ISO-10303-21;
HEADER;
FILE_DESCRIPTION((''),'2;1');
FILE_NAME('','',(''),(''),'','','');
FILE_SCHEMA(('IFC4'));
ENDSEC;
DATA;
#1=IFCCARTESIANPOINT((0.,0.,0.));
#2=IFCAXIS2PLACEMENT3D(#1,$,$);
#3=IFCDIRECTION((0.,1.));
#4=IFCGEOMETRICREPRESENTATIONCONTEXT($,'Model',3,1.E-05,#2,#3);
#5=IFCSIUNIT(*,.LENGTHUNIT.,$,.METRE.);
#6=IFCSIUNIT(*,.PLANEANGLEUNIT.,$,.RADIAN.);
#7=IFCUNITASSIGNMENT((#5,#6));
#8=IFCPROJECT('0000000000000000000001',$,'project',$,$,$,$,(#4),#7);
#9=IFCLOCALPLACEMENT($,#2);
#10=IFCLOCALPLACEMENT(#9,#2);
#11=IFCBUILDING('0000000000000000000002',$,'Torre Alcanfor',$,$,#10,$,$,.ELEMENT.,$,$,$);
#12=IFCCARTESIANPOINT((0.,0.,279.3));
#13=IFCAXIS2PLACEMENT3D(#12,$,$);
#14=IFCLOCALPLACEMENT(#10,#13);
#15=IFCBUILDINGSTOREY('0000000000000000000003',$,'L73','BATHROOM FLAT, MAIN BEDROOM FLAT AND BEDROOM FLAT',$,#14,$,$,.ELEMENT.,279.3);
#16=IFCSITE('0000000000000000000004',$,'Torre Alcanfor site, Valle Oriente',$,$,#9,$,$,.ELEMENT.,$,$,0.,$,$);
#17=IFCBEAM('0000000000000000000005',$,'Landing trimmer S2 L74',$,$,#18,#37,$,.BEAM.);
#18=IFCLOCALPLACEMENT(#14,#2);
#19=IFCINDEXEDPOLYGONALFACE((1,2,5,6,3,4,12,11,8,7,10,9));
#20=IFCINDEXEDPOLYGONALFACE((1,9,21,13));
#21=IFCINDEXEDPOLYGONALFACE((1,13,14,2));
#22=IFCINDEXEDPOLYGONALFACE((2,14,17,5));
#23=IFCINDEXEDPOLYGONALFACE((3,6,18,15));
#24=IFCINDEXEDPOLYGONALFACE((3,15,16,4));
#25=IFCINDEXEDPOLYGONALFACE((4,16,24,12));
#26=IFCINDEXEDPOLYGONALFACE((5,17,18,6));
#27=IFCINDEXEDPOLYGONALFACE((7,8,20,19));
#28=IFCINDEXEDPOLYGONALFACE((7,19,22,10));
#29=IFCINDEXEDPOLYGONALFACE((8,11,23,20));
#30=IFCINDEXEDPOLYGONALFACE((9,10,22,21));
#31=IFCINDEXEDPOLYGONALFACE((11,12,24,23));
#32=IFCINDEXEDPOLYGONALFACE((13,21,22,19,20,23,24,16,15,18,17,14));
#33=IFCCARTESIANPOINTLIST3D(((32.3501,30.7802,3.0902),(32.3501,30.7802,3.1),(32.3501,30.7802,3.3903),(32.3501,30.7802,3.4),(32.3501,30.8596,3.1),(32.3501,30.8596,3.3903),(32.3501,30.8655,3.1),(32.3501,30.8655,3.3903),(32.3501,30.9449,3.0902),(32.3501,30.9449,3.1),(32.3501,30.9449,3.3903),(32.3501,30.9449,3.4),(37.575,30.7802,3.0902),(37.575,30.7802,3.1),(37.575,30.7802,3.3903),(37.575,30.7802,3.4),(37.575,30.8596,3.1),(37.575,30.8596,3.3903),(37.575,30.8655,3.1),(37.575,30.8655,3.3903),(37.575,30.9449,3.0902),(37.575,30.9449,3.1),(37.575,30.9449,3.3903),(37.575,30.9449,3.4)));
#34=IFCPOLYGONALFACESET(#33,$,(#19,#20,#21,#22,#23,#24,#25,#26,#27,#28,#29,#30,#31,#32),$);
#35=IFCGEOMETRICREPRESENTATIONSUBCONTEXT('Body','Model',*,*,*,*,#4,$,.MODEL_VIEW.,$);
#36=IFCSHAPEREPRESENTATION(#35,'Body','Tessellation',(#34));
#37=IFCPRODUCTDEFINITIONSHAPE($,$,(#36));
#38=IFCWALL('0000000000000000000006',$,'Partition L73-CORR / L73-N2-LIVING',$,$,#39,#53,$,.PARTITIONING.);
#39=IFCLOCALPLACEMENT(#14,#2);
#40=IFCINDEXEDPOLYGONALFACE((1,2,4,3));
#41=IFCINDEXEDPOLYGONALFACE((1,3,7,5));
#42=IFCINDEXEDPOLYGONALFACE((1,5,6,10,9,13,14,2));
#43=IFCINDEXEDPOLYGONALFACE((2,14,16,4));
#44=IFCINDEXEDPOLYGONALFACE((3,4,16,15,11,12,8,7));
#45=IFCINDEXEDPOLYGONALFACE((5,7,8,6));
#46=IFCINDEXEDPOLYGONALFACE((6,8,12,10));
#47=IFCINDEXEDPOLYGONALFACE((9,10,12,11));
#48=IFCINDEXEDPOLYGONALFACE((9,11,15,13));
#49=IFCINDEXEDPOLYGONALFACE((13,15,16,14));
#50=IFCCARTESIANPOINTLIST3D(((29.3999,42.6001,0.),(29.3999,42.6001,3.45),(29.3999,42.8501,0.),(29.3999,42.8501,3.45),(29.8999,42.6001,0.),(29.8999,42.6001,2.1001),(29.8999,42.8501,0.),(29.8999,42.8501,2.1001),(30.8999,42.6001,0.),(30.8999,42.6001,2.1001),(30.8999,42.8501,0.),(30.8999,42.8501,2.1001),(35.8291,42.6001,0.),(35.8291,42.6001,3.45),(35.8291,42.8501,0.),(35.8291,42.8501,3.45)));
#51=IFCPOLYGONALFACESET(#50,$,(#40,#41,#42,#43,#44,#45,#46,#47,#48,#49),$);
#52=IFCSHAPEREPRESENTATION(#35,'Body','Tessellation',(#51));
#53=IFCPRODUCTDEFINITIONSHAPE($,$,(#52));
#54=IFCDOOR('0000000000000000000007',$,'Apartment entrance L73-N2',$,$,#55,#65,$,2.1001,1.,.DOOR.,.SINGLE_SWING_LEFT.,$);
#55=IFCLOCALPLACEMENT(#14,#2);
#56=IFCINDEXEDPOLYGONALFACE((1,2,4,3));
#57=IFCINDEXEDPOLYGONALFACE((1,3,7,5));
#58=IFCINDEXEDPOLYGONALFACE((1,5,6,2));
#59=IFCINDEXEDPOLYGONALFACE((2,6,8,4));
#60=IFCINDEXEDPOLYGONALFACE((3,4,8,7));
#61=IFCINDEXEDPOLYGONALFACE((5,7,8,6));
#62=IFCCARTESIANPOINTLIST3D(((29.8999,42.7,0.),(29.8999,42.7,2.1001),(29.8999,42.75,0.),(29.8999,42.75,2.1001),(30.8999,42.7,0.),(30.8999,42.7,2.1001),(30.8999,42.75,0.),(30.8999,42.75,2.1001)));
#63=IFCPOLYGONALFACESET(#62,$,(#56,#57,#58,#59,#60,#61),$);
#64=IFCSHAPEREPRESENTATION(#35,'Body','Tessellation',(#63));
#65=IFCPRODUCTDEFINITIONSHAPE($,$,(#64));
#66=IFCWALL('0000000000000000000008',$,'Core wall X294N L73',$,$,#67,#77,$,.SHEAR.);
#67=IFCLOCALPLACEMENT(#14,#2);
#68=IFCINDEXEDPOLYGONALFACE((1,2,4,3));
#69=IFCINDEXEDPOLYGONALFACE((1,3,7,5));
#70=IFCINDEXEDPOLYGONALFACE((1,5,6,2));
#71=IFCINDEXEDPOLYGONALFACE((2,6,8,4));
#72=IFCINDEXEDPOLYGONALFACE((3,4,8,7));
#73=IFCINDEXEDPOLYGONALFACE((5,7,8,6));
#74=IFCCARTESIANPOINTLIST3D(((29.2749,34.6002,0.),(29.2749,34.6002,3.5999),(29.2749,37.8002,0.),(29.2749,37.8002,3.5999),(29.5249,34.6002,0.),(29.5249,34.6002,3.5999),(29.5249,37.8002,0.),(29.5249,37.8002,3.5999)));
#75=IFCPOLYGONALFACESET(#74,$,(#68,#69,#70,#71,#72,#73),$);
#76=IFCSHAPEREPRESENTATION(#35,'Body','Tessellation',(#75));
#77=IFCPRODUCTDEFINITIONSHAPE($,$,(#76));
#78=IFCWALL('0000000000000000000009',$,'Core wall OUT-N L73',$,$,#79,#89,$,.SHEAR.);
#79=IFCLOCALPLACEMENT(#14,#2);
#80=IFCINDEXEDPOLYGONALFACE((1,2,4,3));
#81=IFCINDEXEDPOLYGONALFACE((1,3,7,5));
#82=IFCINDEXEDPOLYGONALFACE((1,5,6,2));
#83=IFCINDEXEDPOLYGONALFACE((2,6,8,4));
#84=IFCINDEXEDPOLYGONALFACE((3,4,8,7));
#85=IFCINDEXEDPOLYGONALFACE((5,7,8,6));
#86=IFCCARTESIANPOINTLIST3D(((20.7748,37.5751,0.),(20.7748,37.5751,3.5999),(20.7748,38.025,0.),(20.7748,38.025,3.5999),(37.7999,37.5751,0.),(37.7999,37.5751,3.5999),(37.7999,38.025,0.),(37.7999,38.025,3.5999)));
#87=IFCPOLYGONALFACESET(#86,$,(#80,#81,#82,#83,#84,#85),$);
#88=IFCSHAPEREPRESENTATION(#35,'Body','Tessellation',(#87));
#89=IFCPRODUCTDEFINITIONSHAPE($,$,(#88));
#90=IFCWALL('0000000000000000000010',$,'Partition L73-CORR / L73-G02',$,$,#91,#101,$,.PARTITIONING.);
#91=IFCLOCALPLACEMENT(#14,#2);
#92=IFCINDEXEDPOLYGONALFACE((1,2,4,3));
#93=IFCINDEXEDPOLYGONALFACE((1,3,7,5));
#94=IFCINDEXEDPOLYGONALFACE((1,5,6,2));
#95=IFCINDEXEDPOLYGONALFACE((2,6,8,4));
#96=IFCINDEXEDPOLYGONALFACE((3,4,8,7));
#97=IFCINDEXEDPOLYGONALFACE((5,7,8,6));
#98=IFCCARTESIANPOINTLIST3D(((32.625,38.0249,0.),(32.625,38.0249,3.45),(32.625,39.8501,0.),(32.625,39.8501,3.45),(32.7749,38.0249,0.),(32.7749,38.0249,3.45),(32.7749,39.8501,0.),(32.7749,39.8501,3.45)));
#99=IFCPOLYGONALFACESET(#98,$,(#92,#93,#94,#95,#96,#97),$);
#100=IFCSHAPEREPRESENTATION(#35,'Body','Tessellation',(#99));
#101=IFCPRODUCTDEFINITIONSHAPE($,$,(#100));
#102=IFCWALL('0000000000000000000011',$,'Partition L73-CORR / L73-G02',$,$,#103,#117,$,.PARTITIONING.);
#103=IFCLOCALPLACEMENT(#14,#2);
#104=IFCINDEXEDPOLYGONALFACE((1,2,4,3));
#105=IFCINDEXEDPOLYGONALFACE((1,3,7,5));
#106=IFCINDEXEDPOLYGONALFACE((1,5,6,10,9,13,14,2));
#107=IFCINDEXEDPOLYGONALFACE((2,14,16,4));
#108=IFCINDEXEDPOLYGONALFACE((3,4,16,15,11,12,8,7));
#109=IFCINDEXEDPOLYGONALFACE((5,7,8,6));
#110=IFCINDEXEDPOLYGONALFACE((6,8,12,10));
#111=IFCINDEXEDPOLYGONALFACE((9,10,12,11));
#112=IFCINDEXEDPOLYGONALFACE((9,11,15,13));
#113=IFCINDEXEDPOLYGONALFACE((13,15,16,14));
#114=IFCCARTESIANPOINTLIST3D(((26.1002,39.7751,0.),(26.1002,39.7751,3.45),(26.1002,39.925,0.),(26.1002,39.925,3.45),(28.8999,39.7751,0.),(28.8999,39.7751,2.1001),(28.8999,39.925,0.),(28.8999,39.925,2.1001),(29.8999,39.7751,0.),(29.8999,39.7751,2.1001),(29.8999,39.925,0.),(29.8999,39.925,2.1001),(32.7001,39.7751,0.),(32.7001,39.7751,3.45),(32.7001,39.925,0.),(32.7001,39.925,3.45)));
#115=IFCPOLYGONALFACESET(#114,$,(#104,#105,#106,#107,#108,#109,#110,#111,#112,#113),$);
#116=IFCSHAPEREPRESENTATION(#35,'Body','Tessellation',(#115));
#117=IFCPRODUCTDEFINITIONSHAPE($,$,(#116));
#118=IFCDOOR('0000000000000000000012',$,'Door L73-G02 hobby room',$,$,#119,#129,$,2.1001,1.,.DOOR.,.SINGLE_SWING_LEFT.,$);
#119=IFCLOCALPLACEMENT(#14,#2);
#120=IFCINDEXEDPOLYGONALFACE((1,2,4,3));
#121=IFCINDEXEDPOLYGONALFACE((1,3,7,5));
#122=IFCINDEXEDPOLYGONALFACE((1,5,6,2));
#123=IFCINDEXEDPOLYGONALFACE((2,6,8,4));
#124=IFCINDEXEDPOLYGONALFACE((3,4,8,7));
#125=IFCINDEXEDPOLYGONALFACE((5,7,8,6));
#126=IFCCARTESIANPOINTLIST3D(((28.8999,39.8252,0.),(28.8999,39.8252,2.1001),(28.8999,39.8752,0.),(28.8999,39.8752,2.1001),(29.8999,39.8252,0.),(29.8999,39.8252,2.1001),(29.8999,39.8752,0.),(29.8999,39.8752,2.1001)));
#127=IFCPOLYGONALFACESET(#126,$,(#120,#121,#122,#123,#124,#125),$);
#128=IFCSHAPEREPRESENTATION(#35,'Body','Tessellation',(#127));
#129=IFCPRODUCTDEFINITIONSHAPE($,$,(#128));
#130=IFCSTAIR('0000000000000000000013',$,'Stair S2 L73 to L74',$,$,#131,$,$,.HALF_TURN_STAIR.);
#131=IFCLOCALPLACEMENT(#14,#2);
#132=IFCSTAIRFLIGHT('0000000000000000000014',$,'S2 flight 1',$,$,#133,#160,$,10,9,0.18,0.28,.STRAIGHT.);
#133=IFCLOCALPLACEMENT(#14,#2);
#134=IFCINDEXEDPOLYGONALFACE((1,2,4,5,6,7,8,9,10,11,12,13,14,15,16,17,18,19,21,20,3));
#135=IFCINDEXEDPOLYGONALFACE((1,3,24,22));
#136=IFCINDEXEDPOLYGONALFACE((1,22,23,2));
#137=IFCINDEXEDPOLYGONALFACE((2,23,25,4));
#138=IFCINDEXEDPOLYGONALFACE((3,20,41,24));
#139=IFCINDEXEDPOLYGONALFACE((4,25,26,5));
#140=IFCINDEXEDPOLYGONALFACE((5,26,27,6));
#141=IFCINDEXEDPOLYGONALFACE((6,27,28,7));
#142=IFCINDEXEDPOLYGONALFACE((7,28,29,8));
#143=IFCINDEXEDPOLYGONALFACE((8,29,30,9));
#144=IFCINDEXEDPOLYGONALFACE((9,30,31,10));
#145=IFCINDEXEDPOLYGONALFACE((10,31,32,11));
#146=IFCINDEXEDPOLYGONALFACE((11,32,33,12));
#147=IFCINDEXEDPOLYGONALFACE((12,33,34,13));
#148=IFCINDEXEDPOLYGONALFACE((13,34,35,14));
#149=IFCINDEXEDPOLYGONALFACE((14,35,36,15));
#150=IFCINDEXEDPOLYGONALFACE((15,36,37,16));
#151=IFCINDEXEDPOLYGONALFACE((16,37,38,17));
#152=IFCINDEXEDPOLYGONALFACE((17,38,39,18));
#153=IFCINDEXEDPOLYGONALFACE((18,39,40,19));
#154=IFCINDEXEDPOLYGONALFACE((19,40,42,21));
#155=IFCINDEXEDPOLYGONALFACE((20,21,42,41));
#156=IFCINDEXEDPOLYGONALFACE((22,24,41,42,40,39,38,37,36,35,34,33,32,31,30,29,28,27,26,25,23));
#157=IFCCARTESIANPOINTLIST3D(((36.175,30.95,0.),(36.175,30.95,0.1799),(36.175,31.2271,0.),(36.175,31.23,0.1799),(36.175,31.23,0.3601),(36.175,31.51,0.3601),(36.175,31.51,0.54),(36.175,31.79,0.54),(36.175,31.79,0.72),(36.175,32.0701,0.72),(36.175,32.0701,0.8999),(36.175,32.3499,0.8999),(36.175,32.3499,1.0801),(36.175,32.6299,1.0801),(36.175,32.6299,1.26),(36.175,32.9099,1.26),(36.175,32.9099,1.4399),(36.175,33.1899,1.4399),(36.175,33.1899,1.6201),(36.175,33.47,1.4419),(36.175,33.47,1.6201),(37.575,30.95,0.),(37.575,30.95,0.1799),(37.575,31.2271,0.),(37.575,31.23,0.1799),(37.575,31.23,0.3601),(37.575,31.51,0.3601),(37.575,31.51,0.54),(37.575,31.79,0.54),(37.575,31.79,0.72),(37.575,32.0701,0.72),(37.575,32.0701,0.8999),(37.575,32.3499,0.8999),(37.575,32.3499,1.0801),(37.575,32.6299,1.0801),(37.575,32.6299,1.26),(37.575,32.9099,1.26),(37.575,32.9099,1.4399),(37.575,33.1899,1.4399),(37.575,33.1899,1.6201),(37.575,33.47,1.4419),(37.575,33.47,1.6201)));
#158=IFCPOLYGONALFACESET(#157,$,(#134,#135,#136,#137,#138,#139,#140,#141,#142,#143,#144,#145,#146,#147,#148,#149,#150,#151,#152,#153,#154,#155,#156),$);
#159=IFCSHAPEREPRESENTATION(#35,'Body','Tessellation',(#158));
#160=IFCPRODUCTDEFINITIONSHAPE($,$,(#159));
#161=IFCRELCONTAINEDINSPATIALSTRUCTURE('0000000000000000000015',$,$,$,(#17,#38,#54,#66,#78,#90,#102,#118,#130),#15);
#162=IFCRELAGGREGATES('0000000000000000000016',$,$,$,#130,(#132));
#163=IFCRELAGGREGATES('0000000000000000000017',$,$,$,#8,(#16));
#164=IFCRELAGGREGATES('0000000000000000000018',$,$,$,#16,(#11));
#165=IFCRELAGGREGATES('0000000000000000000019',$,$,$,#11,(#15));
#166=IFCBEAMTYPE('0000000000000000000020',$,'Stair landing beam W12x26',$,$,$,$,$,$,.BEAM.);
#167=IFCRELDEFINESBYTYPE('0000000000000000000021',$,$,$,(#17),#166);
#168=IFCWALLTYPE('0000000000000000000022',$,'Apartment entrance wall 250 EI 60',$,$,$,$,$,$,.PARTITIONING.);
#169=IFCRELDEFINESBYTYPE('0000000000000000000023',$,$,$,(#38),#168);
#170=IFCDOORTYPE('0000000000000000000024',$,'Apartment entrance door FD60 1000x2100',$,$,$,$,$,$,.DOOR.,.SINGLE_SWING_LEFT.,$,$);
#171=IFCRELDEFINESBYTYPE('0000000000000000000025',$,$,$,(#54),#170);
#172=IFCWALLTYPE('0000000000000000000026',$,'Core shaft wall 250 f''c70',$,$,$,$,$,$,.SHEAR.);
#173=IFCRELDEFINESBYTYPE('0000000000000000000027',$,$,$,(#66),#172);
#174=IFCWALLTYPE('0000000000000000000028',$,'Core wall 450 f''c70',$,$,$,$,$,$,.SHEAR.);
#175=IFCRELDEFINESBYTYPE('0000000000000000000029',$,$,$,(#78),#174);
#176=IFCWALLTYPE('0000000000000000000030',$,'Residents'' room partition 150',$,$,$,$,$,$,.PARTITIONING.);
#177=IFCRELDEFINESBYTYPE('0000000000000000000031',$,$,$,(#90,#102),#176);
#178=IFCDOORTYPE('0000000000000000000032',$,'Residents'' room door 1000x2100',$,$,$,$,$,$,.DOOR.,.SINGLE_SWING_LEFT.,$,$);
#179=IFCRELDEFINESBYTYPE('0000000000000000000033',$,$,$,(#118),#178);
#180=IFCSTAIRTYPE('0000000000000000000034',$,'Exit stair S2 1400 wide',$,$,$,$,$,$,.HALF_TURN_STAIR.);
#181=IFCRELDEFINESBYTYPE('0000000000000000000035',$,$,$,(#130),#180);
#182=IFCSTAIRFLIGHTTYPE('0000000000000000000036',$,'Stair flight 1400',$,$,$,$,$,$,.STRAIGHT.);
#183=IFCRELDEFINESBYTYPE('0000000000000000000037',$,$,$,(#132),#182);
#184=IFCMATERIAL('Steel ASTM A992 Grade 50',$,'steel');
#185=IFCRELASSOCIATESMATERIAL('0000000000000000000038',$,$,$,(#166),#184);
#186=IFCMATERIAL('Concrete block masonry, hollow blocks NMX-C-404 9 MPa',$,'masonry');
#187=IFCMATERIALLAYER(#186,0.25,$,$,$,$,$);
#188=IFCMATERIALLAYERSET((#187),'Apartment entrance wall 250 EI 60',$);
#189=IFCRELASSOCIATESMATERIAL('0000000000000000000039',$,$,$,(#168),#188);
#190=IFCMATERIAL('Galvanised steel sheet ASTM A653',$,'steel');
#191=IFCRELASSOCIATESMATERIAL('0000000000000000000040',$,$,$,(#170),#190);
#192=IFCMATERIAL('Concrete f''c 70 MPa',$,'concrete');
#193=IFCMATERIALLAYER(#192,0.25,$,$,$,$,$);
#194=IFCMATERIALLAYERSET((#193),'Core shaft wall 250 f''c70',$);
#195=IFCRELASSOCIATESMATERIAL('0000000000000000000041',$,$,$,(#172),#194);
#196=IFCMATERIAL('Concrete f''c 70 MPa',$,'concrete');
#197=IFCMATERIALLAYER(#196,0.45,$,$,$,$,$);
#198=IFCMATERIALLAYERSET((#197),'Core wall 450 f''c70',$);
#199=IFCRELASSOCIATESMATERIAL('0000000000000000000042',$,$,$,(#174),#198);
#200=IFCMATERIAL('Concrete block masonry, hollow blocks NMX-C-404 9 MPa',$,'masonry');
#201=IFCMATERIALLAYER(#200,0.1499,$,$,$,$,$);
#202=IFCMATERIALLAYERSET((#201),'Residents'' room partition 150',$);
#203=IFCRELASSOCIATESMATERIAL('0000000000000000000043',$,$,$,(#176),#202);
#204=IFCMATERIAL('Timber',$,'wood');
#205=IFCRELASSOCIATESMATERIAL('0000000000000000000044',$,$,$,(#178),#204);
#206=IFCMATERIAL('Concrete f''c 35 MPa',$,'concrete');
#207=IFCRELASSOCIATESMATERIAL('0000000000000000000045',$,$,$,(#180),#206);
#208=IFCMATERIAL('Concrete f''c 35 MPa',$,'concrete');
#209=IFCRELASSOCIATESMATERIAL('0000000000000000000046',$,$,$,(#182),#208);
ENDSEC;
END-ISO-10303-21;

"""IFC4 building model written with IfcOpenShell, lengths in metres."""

from ifc_helpers import new_model, si_unit, direction, frame, frame_2d, origin, origin_2d, place, context, subcontext, project, spatial, polyline, rectangle, i_section, outline, extrude, material, layer, layer_set, material_profile, profile_set, type_object, element, fill, aggregate, save


model = new_model("IFC4")

# Units and contexts
model_context = context("Model", 3, precision=1e-05, world=origin(), true_north=direction((0.0, 1.0)))
body_context = subcontext(model_context, "Body", "Model", "MODEL_VIEW")
ifc_project = project(units=[si_unit("LENGTHUNIT", "METRE"), si_unit("PLANEANGLEUNIT", "RADIAN")], contexts=[model_context])

# Site, building, storey
site_placement = place(None, origin())
site = spatial("IfcSite", under=ifc_project, at=site_placement, Name="Torre Alcanfor site, Valle Oriente", CompositionType="ELEMENT", RefElevation=0.0)
building_placement = place(site_placement, origin())
building = spatial("IfcBuilding", under=site, at=building_placement, Name="Torre Alcanfor", CompositionType="ELEMENT")
storey_placement = place(building_placement, frame((0.0, 0.0, 279.3)))
storey = spatial("IfcBuildingStorey", under=building, at=storey_placement, Name="L73", Description="BATHROOM FLAT, MAIN BEDROOM FLAT AND BEDROOM FLAT", CompositionType="ELEMENT", Elevation=279.3)

# Beam
ifc_material_1 = material(Name="Steel ASTM A992 Grade 50", Category="steel")
ifc_material_profile_1 = material_profile(ifc_material_1, i_section(OverallWidth=0.1648, OverallDepth=0.3098, WebThickness=0.0059, FlangeThickness=0.0098, at=origin_2d()), Name="W12x26")
ifc_profile_set_1 = profile_set([ifc_material_profile_1], Name="Steel ASTM A992 Grade 50")
beam_type_1 = type_object("IfcBeamType", Name="Stair landing beam W12x26", PredefinedType="BEAM", material=ifc_profile_set_1)
beam_1_placement = place(storey_placement, frame((32.3501, 30.8625, 3.2451), z_axis=(1.0, 0.0, 0.0), x_axis=(0.0, 1.0, 0.0)))
element("IfcBeam", 1, at=beam_1_placement, inside=storey, type_object=beam_type_1, Name="Landing trimmer S2 L74", PredefinedType="BEAM", context=body_context, shape_type="SweptSolid", body=[
    extrude(i_section(OverallWidth=0.1648, OverallDepth=0.3098, WebThickness=0.0059, FlangeThickness=0.0098, at=origin_2d()), origin(), (0.0, 0.0, 1.0), 5.2249),
])

# Wall, opening, door
ifc_material_2 = material(Name="Concrete block masonry, hollow blocks NMX-C-404 9 MPa", Category="masonry")
ifc_layer_1 = layer(ifc_material_2, 0.25)
ifc_layer_set_1 = layer_set([ifc_layer_1], Name="Apartment entrance wall 250 EI 60")
wall_type_1 = type_object("IfcWallType", Name="Apartment entrance wall 250 EI 60", PredefinedType="PARTITIONING", material=ifc_layer_set_1)
wall_1_placement = place(storey_placement, frame((29.3999, 42.7251, 0.0), z_axis=(0.0, 0.0, 1.0), x_axis=(1.0, 0.0, 0.0)))
wall_1 = element("IfcWall", 2, at=wall_1_placement, inside=storey, type_object=wall_type_1, Name="Partition L73-CORR / L73-N2-LIVING", PredefinedType="PARTITIONING", context=body_context, shape_type="SweptSolid", body=[
    extrude(rectangle(XDim=6.4292, YDim=0.25, at=frame_2d((3.2146, 0.0))), origin(), (0.0, 0.0, 1.0), 3.45),
])
opening_1_placement = place(wall_1_placement, frame((0.5, 0.0, 0.0)))
opening_1 = element("IfcOpeningElement", 3, at=opening_1_placement, cuts=wall_1, PredefinedType="OPENING", context=body_context, shape_type="SweptSolid", body=[
    extrude(rectangle(XDim=1.0, YDim=2.1001, at=frame_2d((0.5, 1.05))), frame((0.0, 0.135, 0.0), z_axis=(0.0, -1.0, 0.0), x_axis=(1.0, 0.0, 0.0)), (0.0, 0.0, 1.0), 0.27),
])
ifc_material_3 = material(Name="Galvanised steel sheet ASTM A653", Category="steel")
door_type_1 = type_object("IfcDoorType", Name="Apartment entrance door FD60 1000x2100", OperationType="SINGLE_SWING_LEFT", PredefinedType="DOOR", material=ifc_material_3)
door_1_placement = place(opening_1_placement, origin())
door_1 = element("IfcDoor", 4, at=door_1_placement, inside=storey, type_object=door_type_1, Name="Apartment entrance L73-N2", OperationType="SINGLE_SWING_LEFT", OverallHeight=2.1001, OverallWidth=1.0, PredefinedType="DOOR", context=body_context, shape_type="SweptSolid", body=[
    extrude(rectangle(XDim=1.0, YDim=2.1001, at=frame_2d((0.5, 1.05))), frame((0.0, 0.0249, 0.0), z_axis=(0.0, -1.0, 0.0), x_axis=(1.0, 0.0, 0.0)), (0.0, 0.0, 1.0), 0.05),
])
fill(opening_1, door_1)

# Walls
ifc_material_4 = material(Name="Concrete f'c 70 MPa", Category="concrete")
ifc_layer_2 = layer(ifc_material_4, 0.25)
ifc_layer_set_2 = layer_set([ifc_layer_2], Name="Core shaft wall 250 f'c70")
wall_type_2 = type_object("IfcWallType", Name="Core shaft wall 250 f'c70", PredefinedType="SHEAR", material=ifc_layer_set_2)
wall_2_placement = place(storey_placement, frame((29.3999, 34.6001, 0.0), z_axis=(0.0, 0.0, 1.0), x_axis=(0.0, 1.0, 0.0)))
element("IfcWall", 5, at=wall_2_placement, inside=storey, type_object=wall_type_2, Name="Core wall X294N L73", PredefinedType="SHEAR", context=body_context, shape_type="SweptSolid", body=[
    extrude(rectangle(XDim=3.2, YDim=0.25, at=frame_2d((1.6001, 0.0))), origin(), (0.0, 0.0, 1.0), 3.5999),
])
ifc_material_5 = material(Name="Concrete f'c 70 MPa", Category="concrete")
ifc_layer_3 = layer(ifc_material_5, 0.45)
ifc_layer_set_3 = layer_set([ifc_layer_3], Name="Core wall 450 f'c70")
wall_type_3 = type_object("IfcWallType", Name="Core wall 450 f'c70", PredefinedType="SHEAR", material=ifc_layer_set_3)
wall_3_placement = place(storey_placement, frame((37.8, 37.8, 0.0), z_axis=(0.0, 0.0, 1.0), x_axis=(-1.0, 0.0, 0.0)))
element("IfcWall", 6, at=wall_3_placement, inside=storey, type_object=wall_type_3, Name="Core wall OUT-N L73", PredefinedType="SHEAR", context=body_context, shape_type="SweptSolid", body=[
    extrude(rectangle(XDim=17.0251, YDim=0.45, at=frame_2d((8.5127, 0.0))), origin(), (0.0, 0.0, 1.0), 3.5999),
])
ifc_material_6 = material(Name="Concrete block masonry, hollow blocks NMX-C-404 9 MPa", Category="masonry")
ifc_layer_4 = layer(ifc_material_6, 0.1499)
ifc_layer_set_4 = layer_set([ifc_layer_4], Name="Residents' room partition 150")
wall_type_4 = type_object("IfcWallType", Name="Residents' room partition 150", PredefinedType="PARTITIONING", material=ifc_layer_set_4)
wall_4_placement = place(storey_placement, frame((32.7, 38.0249, 0.0), z_axis=(0.0, 0.0, 1.0), x_axis=(0.0, 1.0, 0.0)))
element("IfcWall", 7, at=wall_4_placement, inside=storey, type_object=wall_type_4, Name="Partition L73-CORR / L73-G02", PredefinedType="PARTITIONING", context=body_context, shape_type="SweptSolid", body=[
    extrude(rectangle(XDim=1.8252, YDim=0.1499, at=frame_2d((0.9126, 0.0))), origin(), (0.0, 0.0, 1.0), 3.45),
])

# Wall, opening, door
wall_5_placement = place(storey_placement, frame((32.7, 39.8501, 0.0), z_axis=(0.0, 0.0, 1.0), x_axis=(-1.0, 0.0, 0.0)))
wall_5 = element("IfcWall", 8, at=wall_5_placement, inside=storey, type_object=wall_type_4, Name="Partition L73-CORR / L73-G02", PredefinedType="PARTITIONING", context=body_context, shape_type="SweptSolid", body=[
    extrude(rectangle(XDim=6.5999, YDim=0.1499, at=frame_2d((3.2998, 0.0))), origin(), (0.0, 0.0, 1.0), 3.45),
])
opening_2_placement = place(wall_5_placement, frame((2.8, 0.0, 0.0)))
opening_2 = element("IfcOpeningElement", 9, at=opening_2_placement, cuts=wall_5, PredefinedType="OPENING", context=body_context, shape_type="SweptSolid", body=[
    extrude(rectangle(XDim=1.0, YDim=2.1001, at=frame_2d((0.5, 1.05))), frame((0.0, 0.085, 0.0), z_axis=(0.0, -1.0, 0.0), x_axis=(1.0, 0.0, 0.0)), (0.0, 0.0, 1.0), 0.1699),
])
ifc_material_7 = material(Name="Timber", Category="wood")
door_type_2 = type_object("IfcDoorType", Name="Residents' room door 1000x2100", OperationType="SINGLE_SWING_LEFT", PredefinedType="DOOR", material=ifc_material_7)
door_2_placement = place(opening_2_placement, origin())
door_2 = element("IfcDoor", 10, at=door_2_placement, inside=storey, type_object=door_type_2, Name="Door L73-G02 hobby room", OperationType="SINGLE_SWING_LEFT", OverallHeight=2.1001, OverallWidth=1.0, PredefinedType="DOOR", context=body_context, shape_type="SweptSolid", body=[
    extrude(rectangle(XDim=1.0, YDim=2.1001, at=frame_2d((0.5, 1.05))), frame((0.0, 0.0249, 0.0), z_axis=(0.0, -1.0, 0.0), x_axis=(1.0, 0.0, 0.0)), (0.0, 0.0, 1.0), 0.05),
])
fill(opening_2, door_2)

# Stair, stair flight
ifc_material_8 = material(Name="Concrete f'c 35 MPa", Category="concrete")
stair_type = type_object("IfcStairType", Name="Exit stair S2 1400 wide", PredefinedType="HALF_TURN_STAIR", material=ifc_material_8)
stair_placement = place(storey_placement, origin())
stair = element("IfcStair", 11, at=stair_placement, inside=storey, type_object=stair_type, Name="Stair S2 L73 to L74", PredefinedType="HALF_TURN_STAIR")
ifc_material_9 = material(Name="Concrete f'c 35 MPa", Category="concrete")
stair_flight_type = type_object("IfcStairFlightType", Name="Stair flight 1400", PredefinedType="STRAIGHT", material=ifc_material_9)
stair_flight_1_placement = place(storey_placement, frame((36.875, 30.95, 0.0), z_axis=(0.0, 0.0, 1.0), x_axis=(0.0, 1.0, 0.0)))
stair_flight_1 = element("IfcStairFlight", 12, at=stair_flight_1_placement, type_object=stair_flight_type, Name="S2 flight 1", NumberOfRisers=10, NumberOfTreads=9, PredefinedType="STRAIGHT", RiserHeight=0.18, TreadLength=0.28, context=body_context, shape_type="SweptSolid", body=[
    extrude(outline(polyline([(0.0, 0.0), (0.0, 0.1799), (0.28, 0.1799), (0.28, 0.3601), (0.5601, 0.3601), (0.5601, 0.54), (0.8401, 0.54), (0.8401, 0.72), (1.1201, 0.72), (1.1201, 0.8999), (1.3999, 0.8999), (1.3999, 1.0801), (1.6799, 1.0801), (1.6799, 1.26), (1.96, 1.26), (1.96, 1.4399), (2.24, 1.4399), (2.24, 1.6201), (2.52, 1.6201), (2.52, 1.8), (2.52, 1.4419), (0.2771, 0.0), (0.0, 0.0)])), frame((0.0, 0.7, 0.0), z_axis=(0.0, -1.0, 0.0), x_axis=(1.0, 0.0, 0.0)), (0.0, 0.0, 1.0), 1.3999),
])
aggregate(stair, [stair_flight_1])

save(model, "model.ifc")
